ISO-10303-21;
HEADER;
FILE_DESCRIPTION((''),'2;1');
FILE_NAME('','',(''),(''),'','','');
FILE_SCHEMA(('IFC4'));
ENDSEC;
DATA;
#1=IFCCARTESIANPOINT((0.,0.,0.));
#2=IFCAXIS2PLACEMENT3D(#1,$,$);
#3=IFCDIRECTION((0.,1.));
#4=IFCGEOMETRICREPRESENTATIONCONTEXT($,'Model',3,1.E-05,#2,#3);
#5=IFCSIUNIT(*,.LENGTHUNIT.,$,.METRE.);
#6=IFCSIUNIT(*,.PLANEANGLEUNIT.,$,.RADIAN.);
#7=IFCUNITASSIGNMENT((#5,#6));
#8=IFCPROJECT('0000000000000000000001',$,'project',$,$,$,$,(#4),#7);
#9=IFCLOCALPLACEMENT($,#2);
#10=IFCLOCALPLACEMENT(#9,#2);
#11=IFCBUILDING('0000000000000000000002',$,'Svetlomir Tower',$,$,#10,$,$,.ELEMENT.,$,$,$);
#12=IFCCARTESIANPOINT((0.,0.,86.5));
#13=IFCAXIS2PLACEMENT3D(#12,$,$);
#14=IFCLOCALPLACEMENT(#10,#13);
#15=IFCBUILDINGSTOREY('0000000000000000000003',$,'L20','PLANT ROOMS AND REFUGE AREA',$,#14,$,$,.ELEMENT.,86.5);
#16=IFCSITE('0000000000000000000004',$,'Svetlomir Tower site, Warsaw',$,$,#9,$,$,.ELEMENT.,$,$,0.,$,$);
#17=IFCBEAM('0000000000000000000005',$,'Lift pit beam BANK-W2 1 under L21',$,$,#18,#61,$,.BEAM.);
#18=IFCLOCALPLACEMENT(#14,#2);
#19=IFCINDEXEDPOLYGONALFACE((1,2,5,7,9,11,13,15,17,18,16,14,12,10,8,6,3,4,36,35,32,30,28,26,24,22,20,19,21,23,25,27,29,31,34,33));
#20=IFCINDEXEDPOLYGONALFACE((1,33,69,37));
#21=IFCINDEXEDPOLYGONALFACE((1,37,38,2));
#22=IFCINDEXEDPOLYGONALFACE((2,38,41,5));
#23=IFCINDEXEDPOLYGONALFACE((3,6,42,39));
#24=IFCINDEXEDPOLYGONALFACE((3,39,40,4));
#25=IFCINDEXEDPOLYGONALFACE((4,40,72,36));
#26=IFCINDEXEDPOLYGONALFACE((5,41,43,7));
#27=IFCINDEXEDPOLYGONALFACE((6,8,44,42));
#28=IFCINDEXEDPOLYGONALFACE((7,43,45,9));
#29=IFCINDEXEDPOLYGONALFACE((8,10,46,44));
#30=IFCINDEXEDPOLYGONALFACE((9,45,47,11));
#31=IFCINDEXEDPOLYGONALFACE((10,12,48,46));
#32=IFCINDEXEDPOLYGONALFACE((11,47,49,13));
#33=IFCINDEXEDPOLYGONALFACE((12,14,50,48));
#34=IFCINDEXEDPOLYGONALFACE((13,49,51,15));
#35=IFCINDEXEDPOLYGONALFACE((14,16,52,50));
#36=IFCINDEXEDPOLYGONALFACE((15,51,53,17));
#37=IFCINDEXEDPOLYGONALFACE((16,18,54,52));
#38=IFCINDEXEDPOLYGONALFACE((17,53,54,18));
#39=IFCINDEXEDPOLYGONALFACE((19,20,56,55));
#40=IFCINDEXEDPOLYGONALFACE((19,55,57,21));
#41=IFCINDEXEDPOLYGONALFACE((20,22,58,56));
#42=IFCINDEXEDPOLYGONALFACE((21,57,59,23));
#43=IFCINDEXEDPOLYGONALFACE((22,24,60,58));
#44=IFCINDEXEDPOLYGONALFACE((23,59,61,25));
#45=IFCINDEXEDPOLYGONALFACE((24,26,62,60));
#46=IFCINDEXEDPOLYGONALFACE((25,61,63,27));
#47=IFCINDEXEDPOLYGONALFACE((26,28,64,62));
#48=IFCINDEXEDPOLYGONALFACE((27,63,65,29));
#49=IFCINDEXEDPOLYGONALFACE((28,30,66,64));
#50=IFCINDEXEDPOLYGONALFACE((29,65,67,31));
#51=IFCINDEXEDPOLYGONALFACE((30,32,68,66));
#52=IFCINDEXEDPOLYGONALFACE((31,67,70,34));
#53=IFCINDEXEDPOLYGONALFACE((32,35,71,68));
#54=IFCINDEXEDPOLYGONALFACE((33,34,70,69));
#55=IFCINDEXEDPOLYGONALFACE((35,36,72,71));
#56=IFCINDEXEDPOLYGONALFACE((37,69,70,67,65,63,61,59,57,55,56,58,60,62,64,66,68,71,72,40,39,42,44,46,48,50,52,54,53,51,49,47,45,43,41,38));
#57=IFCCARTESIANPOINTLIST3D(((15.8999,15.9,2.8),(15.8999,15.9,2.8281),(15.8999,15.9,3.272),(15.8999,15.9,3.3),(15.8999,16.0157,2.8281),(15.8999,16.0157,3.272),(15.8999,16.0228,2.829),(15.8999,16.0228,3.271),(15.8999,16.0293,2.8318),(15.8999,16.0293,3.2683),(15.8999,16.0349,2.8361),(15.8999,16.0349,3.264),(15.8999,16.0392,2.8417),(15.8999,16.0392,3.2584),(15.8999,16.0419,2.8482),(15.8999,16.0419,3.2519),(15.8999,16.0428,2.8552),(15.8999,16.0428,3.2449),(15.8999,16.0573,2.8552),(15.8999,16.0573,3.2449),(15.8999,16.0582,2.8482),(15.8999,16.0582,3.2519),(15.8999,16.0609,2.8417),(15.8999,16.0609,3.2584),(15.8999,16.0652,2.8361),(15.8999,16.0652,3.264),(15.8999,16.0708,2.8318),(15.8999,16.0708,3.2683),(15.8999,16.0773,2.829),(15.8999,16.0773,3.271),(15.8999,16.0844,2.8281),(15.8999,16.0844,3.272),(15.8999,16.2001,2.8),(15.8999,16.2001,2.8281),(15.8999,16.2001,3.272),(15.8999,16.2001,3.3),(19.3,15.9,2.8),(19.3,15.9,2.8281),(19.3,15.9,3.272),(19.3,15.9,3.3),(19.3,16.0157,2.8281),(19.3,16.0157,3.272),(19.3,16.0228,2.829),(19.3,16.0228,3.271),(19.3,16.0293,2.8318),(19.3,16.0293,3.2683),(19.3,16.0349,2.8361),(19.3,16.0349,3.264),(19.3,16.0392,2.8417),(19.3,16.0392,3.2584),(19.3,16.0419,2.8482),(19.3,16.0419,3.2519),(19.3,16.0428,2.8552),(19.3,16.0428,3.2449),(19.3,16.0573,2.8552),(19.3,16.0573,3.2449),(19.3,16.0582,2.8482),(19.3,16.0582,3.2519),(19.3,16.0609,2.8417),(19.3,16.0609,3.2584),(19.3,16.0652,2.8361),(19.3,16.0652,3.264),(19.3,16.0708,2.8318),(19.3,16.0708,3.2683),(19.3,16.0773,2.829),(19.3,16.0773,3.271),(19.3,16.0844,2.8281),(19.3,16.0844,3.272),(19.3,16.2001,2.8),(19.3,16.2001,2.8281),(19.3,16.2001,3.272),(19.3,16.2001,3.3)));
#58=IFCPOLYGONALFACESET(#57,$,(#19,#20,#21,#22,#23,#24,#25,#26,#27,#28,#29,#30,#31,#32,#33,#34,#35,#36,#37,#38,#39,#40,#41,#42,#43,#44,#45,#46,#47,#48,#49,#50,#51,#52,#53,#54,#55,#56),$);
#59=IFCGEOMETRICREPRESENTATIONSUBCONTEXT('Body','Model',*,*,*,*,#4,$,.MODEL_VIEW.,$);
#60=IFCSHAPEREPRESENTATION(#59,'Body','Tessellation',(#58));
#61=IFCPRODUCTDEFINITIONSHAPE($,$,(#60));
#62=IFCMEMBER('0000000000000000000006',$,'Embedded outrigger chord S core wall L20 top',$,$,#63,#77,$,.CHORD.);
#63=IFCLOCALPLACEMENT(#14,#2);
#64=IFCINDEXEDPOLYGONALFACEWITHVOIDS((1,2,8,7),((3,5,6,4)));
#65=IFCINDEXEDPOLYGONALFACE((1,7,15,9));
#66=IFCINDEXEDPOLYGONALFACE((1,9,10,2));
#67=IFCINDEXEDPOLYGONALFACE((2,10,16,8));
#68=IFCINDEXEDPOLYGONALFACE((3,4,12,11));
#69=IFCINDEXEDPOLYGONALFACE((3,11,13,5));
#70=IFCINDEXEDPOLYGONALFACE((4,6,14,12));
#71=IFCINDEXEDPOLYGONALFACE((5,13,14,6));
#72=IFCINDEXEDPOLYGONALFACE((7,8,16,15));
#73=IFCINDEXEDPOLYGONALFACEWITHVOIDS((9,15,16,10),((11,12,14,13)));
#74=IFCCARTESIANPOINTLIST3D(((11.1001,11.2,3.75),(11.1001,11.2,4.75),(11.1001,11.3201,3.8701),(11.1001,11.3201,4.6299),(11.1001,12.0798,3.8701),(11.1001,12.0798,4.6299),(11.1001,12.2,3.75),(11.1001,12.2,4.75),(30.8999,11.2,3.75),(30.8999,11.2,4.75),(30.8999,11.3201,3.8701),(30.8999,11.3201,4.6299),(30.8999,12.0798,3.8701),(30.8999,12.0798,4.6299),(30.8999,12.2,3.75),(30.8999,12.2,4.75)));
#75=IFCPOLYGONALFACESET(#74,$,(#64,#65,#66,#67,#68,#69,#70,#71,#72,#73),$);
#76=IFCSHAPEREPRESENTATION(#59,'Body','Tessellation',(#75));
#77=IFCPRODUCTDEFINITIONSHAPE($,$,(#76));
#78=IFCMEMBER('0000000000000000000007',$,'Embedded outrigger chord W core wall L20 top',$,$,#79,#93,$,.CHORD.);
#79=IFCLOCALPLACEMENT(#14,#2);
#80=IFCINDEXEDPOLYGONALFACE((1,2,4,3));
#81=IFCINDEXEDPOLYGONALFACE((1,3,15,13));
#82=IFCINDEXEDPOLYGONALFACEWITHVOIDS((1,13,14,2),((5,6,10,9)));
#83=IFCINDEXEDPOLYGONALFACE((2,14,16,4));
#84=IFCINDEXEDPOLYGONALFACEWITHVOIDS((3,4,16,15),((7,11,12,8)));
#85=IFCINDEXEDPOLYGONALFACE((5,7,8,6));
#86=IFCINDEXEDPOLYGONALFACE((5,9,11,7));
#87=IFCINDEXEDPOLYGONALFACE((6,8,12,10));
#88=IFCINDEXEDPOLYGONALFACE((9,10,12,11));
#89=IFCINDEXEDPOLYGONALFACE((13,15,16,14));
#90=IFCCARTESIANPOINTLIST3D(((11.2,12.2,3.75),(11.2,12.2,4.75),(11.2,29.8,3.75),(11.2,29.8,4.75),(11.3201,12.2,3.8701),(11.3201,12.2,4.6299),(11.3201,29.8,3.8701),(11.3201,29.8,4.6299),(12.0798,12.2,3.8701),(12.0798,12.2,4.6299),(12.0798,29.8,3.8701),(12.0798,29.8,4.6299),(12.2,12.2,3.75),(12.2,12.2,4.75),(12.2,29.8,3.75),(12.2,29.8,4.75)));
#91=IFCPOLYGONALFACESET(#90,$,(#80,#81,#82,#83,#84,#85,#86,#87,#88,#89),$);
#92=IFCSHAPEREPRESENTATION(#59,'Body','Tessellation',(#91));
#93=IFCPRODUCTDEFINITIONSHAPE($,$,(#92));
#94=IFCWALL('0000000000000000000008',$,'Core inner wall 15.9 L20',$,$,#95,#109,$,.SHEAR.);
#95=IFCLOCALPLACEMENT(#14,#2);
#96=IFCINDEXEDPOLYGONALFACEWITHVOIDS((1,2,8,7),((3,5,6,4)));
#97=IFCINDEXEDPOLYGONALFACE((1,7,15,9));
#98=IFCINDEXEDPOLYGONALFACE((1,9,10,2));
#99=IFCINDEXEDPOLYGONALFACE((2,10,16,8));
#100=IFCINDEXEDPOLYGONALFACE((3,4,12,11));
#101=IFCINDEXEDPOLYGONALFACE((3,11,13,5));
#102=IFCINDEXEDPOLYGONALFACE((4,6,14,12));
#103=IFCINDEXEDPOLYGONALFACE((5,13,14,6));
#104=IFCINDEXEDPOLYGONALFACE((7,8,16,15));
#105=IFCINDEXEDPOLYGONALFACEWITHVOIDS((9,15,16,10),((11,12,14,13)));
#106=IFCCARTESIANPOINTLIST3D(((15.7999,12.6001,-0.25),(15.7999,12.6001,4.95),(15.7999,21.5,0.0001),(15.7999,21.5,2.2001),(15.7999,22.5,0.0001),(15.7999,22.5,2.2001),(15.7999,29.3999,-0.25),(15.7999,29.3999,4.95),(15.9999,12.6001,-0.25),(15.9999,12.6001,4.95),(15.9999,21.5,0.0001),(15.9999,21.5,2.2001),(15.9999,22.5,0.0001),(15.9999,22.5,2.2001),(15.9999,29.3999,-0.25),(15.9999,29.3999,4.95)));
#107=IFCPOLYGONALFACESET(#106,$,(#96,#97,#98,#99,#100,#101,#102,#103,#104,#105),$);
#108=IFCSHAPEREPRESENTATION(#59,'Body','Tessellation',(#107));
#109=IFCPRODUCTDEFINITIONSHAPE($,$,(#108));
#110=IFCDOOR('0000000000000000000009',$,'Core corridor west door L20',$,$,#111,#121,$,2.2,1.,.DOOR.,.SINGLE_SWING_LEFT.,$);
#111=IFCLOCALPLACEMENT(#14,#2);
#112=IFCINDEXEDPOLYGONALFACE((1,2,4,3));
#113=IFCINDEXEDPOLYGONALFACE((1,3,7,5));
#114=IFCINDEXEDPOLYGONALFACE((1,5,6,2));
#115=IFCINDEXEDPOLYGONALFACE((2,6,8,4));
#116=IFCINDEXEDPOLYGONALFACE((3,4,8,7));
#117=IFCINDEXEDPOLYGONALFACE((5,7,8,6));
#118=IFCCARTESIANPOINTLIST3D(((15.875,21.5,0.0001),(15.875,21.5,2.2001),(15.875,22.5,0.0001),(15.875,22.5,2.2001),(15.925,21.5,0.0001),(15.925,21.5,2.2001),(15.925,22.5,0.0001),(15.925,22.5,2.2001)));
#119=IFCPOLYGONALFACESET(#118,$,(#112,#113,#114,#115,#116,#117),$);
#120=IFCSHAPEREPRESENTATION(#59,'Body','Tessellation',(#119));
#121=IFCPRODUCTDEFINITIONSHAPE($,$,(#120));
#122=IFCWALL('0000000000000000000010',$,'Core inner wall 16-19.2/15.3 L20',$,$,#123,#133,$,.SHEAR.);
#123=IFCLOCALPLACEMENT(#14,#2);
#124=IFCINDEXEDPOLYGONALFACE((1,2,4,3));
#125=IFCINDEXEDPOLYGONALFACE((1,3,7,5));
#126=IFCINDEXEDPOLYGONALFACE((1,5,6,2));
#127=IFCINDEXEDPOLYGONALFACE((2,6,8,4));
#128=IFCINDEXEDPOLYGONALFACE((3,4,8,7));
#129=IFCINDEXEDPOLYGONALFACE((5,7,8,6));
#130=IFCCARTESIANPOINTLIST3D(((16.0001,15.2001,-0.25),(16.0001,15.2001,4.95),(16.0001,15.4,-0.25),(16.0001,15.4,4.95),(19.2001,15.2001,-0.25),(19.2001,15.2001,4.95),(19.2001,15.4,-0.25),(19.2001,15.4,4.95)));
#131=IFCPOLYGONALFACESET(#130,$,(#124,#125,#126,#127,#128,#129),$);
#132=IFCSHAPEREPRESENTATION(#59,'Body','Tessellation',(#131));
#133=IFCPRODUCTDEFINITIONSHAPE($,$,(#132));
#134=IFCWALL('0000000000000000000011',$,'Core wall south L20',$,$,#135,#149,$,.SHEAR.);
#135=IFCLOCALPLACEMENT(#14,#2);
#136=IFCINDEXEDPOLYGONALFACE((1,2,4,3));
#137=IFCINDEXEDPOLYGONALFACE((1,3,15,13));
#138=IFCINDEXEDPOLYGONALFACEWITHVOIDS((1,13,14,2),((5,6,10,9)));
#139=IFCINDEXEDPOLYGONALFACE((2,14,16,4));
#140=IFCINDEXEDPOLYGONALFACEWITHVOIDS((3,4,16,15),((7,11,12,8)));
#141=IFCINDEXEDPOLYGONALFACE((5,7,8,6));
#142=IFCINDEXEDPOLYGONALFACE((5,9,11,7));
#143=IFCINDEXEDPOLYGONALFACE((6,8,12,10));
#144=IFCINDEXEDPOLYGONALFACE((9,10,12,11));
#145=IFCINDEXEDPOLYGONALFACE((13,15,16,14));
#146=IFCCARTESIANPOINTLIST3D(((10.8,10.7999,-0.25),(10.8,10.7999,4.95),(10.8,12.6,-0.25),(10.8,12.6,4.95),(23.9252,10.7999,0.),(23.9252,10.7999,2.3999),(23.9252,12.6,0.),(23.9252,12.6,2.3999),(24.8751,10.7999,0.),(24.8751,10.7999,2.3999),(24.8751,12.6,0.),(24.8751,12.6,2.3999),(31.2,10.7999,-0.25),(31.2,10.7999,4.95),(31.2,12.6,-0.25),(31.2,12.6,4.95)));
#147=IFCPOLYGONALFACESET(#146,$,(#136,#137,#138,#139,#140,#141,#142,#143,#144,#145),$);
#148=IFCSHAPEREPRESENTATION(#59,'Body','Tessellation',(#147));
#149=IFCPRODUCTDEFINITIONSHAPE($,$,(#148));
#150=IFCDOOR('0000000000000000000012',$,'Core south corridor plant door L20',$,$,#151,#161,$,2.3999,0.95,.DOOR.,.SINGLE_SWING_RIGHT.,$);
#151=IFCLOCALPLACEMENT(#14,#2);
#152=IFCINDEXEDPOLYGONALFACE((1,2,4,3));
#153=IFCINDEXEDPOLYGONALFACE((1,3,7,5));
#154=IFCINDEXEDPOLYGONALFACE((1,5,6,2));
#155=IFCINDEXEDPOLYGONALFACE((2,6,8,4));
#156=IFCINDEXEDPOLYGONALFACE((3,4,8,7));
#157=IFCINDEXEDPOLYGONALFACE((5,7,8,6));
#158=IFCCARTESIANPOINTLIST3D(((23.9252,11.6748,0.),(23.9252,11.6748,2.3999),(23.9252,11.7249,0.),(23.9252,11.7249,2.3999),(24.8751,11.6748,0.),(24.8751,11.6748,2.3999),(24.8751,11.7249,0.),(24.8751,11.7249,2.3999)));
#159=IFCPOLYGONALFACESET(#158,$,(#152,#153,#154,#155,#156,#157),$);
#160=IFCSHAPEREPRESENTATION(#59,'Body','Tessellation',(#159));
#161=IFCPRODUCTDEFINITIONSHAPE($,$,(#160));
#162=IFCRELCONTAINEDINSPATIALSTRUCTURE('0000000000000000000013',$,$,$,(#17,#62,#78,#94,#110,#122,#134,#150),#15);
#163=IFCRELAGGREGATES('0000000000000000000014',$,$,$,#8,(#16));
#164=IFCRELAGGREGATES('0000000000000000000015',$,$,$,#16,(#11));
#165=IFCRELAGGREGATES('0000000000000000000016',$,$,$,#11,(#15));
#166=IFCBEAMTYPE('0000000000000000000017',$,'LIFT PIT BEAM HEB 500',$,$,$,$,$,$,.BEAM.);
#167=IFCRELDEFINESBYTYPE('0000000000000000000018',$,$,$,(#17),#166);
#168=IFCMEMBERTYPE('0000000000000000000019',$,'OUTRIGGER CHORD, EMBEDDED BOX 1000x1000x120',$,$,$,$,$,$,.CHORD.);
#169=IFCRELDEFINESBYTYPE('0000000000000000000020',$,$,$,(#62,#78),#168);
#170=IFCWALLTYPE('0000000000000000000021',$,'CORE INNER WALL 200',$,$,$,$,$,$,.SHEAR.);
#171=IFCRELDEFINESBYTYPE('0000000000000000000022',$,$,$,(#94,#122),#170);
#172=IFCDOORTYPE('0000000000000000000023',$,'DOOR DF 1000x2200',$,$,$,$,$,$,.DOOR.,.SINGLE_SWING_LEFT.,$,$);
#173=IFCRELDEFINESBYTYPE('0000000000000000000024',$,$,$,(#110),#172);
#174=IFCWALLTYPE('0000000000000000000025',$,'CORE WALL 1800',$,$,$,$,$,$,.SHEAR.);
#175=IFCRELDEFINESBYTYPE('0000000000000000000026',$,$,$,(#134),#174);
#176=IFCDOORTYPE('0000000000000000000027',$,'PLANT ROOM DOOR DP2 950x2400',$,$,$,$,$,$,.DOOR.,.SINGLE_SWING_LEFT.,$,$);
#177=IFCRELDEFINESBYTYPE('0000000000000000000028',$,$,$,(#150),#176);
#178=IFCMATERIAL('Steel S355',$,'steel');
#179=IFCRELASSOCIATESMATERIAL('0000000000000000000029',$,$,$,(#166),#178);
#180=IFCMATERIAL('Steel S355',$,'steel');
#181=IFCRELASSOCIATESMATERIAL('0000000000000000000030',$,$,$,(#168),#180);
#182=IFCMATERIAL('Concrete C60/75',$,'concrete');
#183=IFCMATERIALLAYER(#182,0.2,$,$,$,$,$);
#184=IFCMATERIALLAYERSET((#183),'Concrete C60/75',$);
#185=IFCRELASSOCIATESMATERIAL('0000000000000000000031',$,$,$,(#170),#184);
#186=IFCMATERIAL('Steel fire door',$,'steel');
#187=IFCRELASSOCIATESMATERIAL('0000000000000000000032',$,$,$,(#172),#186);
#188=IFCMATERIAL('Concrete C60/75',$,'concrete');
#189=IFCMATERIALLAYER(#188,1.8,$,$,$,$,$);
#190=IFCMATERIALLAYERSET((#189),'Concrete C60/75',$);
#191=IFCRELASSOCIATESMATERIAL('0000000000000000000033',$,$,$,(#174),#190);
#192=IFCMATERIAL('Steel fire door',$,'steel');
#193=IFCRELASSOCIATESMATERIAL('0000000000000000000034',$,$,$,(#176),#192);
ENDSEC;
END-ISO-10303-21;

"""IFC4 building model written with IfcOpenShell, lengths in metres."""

from ifc_helpers import new_model, si_unit, direction, frame, frame_2d, origin, origin_2d, place, context, subcontext, project, spatial, rectangle, hollow_rectangle, i_section, extrude, material, layer, layer_set, material_profile, profile_set, type_object, element, fill, save


model = new_model("IFC4")

# Units and contexts
model_context = context("Model", 3, precision=1e-05, world=origin(), true_north=direction((0.0, 1.0)))
body_context = subcontext(model_context, "Body", "Model", "MODEL_VIEW")
ifc_project = project(units=[si_unit("LENGTHUNIT", "METRE"), si_unit("PLANEANGLEUNIT", "RADIAN")], contexts=[model_context])

# Site, building, storey
site_placement = place(None, origin())
site = spatial("IfcSite", under=ifc_project, at=site_placement, Name="Svetlomir Tower site, Warsaw", CompositionType="ELEMENT", RefElevation=0.0)
building_placement = place(site_placement, origin())
building = spatial("IfcBuilding", under=site, at=building_placement, Name="Svetlomir Tower", CompositionType="ELEMENT")
storey_placement = place(building_placement, frame((0.0, 0.0, 86.5)))
storey = spatial("IfcBuildingStorey", under=building, at=storey_placement, Name="L20", Description="PLANT ROOMS AND REFUGE AREA", CompositionType="ELEMENT", Elevation=86.5)

# Beam
ifc_material_1 = material(Name="Steel S355", Category="steel")
ifc_material_profile_1 = material_profile(ifc_material_1, i_section(OverallWidth=0.3, OverallDepth=0.5, WebThickness=0.0144, FlangeThickness=0.0281, FilletRadius=0.0271, at=origin_2d()), Name="HEB 500")
ifc_profile_set_1 = profile_set([ifc_material_profile_1], Name="Steel S355")
beam_type = type_object("IfcBeamType", Name="LIFT PIT BEAM HEB 500", PredefinedType="BEAM", material=ifc_profile_set_1)
for number, where, z_axis, x_axis, name in (
    (1, (15.8999, 16.05, 3.05), (1.0, 0.0, 0.0), (0.0, 1.0, 0.0), "Lift pit beam BANK-W2 1 under L21"),
):
    element("IfcBeam", number, at=place(storey_placement, frame(where, z_axis=z_axis, x_axis=x_axis)), inside=storey, type_object=beam_type, Name=name, PredefinedType="BEAM", context=body_context, shape_type="SweptSolid", body=[
        extrude(i_section(OverallWidth=0.3, OverallDepth=0.5, WebThickness=0.0144, FlangeThickness=0.0281, FilletRadius=0.0271, at=origin_2d()), origin(), (0.0, 0.0, 1.0), 3.4001),
    ])

# Members
ifc_material_2 = material(Name="Steel S355", Category="steel")
ifc_material_profile_2 = material_profile(ifc_material_2, hollow_rectangle(XDim=1.0, YDim=1.0, WallThickness=0.1201, at=origin_2d()), Name="BOX 1000x1000x120")
ifc_profile_set_2 = profile_set([ifc_material_profile_2], Name="Steel S355")
member_type_1 = type_object("IfcMemberType", Name="OUTRIGGER CHORD, EMBEDDED BOX 1000x1000x120", PredefinedType="CHORD", material=ifc_profile_set_2)
member_1_placement = place(storey_placement, frame((11.1001, 11.7, 4.25), z_axis=(1.0, 0.0, 0.0), x_axis=(0.0, 1.0, 0.0)))
element("IfcMember", 2, at=member_1_placement, inside=storey, type_object=member_type_1, Name="Embedded outrigger chord S core wall L20 top", PredefinedType="CHORD", context=body_context, shape_type="SweptSolid", body=[
    extrude(hollow_rectangle(XDim=1.0, YDim=1.0, WallThickness=0.1201, at=origin_2d()), origin(), (0.0, 0.0, 1.0), 19.7998),
])
member_2_placement = place(storey_placement, frame((11.7, 12.2, 4.25), z_axis=(0.0, 1.0, 0.0), x_axis=(-1.0, 0.0, 0.0)))
element("IfcMember", 3, at=member_2_placement, inside=storey, type_object=member_type_1, Name="Embedded outrigger chord W core wall L20 top", PredefinedType="CHORD", context=body_context, shape_type="SweptSolid", body=[
    extrude(hollow_rectangle(XDim=1.0, YDim=1.0, WallThickness=0.1201, at=origin_2d()), origin(), (0.0, 0.0, 1.0), 17.6001),
])

# Wall, opening, door
ifc_material_3 = material(Name="Concrete C60/75", Category="concrete")
ifc_layer_1 = layer(ifc_material_3, 0.2)
ifc_layer_set_1 = layer_set([ifc_layer_1], Name="Concrete C60/75")
wall_type_1 = type_object("IfcWallType", Name="CORE INNER WALL 200", PredefinedType="SHEAR", material=ifc_layer_set_1)
wall_1_placement = place(storey_placement, frame((15.8999, 12.6001, -0.25), z_axis=(0.0, 0.0, 1.0), x_axis=(0.0, 1.0, 0.0)))
wall_1 = element("IfcWall", 4, at=wall_1_placement, inside=storey, type_object=wall_type_1, Name="Core inner wall 15.9 L20", PredefinedType="SHEAR", context=body_context, shape_type="SweptSolid", body=[
    extrude(rectangle(XDim=16.7998, YDim=0.2, at=frame_2d((8.3999, 0.0))), origin(), (0.0, 0.0, 1.0), 5.2),
])
opening_1_placement = place(wall_1_placement, frame((8.8999, 0.0, 0.25)))
opening_1 = element("IfcOpeningElement", 5, at=opening_1_placement, cuts=wall_1, PredefinedType="OPENING", context=body_context, shape_type="SweptSolid", body=[
    extrude(rectangle(XDim=1.0, YDim=2.2, at=frame_2d((0.5, 1.1001))), frame((0.0, 0.1099, 0.0), z_axis=(0.0, -1.0, 0.0), x_axis=(1.0, 0.0, 0.0)), (0.0, 0.0, 1.0), 0.22),
])
ifc_material_4 = material(Name="Steel fire door", Category="steel")
door_type_1 = type_object("IfcDoorType", Name="DOOR DF 1000x2200", OperationType="SINGLE_SWING_LEFT", PredefinedType="DOOR", material=ifc_material_4)
door_1_placement = place(opening_1_placement, origin())
door_1 = element("IfcDoor", 6, at=door_1_placement, inside=storey, type_object=door_type_1, Name="Core corridor west door L20", OperationType="SINGLE_SWING_LEFT", OverallHeight=2.2, OverallWidth=1.0, PredefinedType="DOOR", context=body_context, shape_type="SweptSolid", body=[
    extrude(rectangle(XDim=1.0, YDim=2.2, at=frame_2d((0.5, 1.1001))), frame((0.0, 0.0249, 0.0), z_axis=(0.0, -1.0, 0.0), x_axis=(1.0, 0.0, 0.0)), (0.0, 0.0, 1.0), 0.05),
])
fill(opening_1, door_1)

# Wall
wall_2_placement = place(storey_placement, frame((16.0, 15.3, -0.25), z_axis=(0.0, 0.0, 1.0), x_axis=(1.0, 0.0, 0.0)))
element("IfcWall", 7, at=wall_2_placement, inside=storey, type_object=wall_type_1, Name="Core inner wall 16-19.2/15.3 L20", PredefinedType="SHEAR", context=body_context, shape_type="SweptSolid", body=[
    extrude(rectangle(XDim=3.2, YDim=0.2, at=frame_2d((1.6001, 0.0))), origin(), (0.0, 0.0, 1.0), 5.2),
])

# Wall, opening, door
ifc_material_5 = material(Name="Concrete C60/75", Category="concrete")
ifc_layer_2 = layer(ifc_material_5, 1.8)
ifc_layer_set_2 = layer_set([ifc_layer_2], Name="Concrete C60/75")
wall_type_2 = type_object("IfcWallType", Name="CORE WALL 1800", PredefinedType="SHEAR", material=ifc_layer_set_2)
wall_3_placement = place(storey_placement, frame((10.8, 11.7, -0.25), z_axis=(0.0, 0.0, 1.0), x_axis=(1.0, 0.0, 0.0)))
wall_3 = element("IfcWall", 8, at=wall_3_placement, inside=storey, type_object=wall_type_2, Name="Core wall south L20", PredefinedType="SHEAR", context=body_context, shape_type="SweptSolid", body=[
    extrude(rectangle(XDim=20.3999, YDim=1.8, at=frame_2d((10.2, 0.0))), origin(), (0.0, 0.0, 1.0), 5.2),
])
opening_2_placement = place(wall_3_placement, frame((13.125, 0.0, 0.25)))
opening_2 = element("IfcOpeningElement", 9, at=opening_2_placement, cuts=wall_3, PredefinedType="OPENING", context=body_context, shape_type="SweptSolid", body=[
    extrude(rectangle(XDim=0.95, YDim=2.3999, at=frame_2d((0.4751, 1.2))), frame((0.0, 0.9102, 0.0), z_axis=(0.0, -1.0, 0.0), x_axis=(1.0, 0.0, 0.0)), (0.0, 0.0, 1.0), 1.8201),
])
ifc_material_6 = material(Name="Steel fire door", Category="steel")
door_type_2 = type_object("IfcDoorType", Name="PLANT ROOM DOOR DP2 950x2400", OperationType="SINGLE_SWING_LEFT", PredefinedType="DOOR", material=ifc_material_6)
door_2_placement = place(opening_2_placement, origin())
door_2 = element("IfcDoor", 10, at=door_2_placement, inside=storey, type_object=door_type_2, Name="Core south corridor plant door L20", OperationType="SINGLE_SWING_RIGHT", OverallHeight=2.3999, OverallWidth=0.95, PredefinedType="DOOR", context=body_context, shape_type="SweptSolid", body=[
    extrude(rectangle(XDim=0.95, YDim=2.3999, at=frame_2d((0.4751, 1.2))), frame((0.0, 0.0249, 0.0), z_axis=(0.0, -1.0, 0.0), x_axis=(1.0, 0.0, 0.0)), (0.0, 0.0, 1.0), 0.05),
])
fill(opening_2, door_2)

save(model, "model.ifc")
